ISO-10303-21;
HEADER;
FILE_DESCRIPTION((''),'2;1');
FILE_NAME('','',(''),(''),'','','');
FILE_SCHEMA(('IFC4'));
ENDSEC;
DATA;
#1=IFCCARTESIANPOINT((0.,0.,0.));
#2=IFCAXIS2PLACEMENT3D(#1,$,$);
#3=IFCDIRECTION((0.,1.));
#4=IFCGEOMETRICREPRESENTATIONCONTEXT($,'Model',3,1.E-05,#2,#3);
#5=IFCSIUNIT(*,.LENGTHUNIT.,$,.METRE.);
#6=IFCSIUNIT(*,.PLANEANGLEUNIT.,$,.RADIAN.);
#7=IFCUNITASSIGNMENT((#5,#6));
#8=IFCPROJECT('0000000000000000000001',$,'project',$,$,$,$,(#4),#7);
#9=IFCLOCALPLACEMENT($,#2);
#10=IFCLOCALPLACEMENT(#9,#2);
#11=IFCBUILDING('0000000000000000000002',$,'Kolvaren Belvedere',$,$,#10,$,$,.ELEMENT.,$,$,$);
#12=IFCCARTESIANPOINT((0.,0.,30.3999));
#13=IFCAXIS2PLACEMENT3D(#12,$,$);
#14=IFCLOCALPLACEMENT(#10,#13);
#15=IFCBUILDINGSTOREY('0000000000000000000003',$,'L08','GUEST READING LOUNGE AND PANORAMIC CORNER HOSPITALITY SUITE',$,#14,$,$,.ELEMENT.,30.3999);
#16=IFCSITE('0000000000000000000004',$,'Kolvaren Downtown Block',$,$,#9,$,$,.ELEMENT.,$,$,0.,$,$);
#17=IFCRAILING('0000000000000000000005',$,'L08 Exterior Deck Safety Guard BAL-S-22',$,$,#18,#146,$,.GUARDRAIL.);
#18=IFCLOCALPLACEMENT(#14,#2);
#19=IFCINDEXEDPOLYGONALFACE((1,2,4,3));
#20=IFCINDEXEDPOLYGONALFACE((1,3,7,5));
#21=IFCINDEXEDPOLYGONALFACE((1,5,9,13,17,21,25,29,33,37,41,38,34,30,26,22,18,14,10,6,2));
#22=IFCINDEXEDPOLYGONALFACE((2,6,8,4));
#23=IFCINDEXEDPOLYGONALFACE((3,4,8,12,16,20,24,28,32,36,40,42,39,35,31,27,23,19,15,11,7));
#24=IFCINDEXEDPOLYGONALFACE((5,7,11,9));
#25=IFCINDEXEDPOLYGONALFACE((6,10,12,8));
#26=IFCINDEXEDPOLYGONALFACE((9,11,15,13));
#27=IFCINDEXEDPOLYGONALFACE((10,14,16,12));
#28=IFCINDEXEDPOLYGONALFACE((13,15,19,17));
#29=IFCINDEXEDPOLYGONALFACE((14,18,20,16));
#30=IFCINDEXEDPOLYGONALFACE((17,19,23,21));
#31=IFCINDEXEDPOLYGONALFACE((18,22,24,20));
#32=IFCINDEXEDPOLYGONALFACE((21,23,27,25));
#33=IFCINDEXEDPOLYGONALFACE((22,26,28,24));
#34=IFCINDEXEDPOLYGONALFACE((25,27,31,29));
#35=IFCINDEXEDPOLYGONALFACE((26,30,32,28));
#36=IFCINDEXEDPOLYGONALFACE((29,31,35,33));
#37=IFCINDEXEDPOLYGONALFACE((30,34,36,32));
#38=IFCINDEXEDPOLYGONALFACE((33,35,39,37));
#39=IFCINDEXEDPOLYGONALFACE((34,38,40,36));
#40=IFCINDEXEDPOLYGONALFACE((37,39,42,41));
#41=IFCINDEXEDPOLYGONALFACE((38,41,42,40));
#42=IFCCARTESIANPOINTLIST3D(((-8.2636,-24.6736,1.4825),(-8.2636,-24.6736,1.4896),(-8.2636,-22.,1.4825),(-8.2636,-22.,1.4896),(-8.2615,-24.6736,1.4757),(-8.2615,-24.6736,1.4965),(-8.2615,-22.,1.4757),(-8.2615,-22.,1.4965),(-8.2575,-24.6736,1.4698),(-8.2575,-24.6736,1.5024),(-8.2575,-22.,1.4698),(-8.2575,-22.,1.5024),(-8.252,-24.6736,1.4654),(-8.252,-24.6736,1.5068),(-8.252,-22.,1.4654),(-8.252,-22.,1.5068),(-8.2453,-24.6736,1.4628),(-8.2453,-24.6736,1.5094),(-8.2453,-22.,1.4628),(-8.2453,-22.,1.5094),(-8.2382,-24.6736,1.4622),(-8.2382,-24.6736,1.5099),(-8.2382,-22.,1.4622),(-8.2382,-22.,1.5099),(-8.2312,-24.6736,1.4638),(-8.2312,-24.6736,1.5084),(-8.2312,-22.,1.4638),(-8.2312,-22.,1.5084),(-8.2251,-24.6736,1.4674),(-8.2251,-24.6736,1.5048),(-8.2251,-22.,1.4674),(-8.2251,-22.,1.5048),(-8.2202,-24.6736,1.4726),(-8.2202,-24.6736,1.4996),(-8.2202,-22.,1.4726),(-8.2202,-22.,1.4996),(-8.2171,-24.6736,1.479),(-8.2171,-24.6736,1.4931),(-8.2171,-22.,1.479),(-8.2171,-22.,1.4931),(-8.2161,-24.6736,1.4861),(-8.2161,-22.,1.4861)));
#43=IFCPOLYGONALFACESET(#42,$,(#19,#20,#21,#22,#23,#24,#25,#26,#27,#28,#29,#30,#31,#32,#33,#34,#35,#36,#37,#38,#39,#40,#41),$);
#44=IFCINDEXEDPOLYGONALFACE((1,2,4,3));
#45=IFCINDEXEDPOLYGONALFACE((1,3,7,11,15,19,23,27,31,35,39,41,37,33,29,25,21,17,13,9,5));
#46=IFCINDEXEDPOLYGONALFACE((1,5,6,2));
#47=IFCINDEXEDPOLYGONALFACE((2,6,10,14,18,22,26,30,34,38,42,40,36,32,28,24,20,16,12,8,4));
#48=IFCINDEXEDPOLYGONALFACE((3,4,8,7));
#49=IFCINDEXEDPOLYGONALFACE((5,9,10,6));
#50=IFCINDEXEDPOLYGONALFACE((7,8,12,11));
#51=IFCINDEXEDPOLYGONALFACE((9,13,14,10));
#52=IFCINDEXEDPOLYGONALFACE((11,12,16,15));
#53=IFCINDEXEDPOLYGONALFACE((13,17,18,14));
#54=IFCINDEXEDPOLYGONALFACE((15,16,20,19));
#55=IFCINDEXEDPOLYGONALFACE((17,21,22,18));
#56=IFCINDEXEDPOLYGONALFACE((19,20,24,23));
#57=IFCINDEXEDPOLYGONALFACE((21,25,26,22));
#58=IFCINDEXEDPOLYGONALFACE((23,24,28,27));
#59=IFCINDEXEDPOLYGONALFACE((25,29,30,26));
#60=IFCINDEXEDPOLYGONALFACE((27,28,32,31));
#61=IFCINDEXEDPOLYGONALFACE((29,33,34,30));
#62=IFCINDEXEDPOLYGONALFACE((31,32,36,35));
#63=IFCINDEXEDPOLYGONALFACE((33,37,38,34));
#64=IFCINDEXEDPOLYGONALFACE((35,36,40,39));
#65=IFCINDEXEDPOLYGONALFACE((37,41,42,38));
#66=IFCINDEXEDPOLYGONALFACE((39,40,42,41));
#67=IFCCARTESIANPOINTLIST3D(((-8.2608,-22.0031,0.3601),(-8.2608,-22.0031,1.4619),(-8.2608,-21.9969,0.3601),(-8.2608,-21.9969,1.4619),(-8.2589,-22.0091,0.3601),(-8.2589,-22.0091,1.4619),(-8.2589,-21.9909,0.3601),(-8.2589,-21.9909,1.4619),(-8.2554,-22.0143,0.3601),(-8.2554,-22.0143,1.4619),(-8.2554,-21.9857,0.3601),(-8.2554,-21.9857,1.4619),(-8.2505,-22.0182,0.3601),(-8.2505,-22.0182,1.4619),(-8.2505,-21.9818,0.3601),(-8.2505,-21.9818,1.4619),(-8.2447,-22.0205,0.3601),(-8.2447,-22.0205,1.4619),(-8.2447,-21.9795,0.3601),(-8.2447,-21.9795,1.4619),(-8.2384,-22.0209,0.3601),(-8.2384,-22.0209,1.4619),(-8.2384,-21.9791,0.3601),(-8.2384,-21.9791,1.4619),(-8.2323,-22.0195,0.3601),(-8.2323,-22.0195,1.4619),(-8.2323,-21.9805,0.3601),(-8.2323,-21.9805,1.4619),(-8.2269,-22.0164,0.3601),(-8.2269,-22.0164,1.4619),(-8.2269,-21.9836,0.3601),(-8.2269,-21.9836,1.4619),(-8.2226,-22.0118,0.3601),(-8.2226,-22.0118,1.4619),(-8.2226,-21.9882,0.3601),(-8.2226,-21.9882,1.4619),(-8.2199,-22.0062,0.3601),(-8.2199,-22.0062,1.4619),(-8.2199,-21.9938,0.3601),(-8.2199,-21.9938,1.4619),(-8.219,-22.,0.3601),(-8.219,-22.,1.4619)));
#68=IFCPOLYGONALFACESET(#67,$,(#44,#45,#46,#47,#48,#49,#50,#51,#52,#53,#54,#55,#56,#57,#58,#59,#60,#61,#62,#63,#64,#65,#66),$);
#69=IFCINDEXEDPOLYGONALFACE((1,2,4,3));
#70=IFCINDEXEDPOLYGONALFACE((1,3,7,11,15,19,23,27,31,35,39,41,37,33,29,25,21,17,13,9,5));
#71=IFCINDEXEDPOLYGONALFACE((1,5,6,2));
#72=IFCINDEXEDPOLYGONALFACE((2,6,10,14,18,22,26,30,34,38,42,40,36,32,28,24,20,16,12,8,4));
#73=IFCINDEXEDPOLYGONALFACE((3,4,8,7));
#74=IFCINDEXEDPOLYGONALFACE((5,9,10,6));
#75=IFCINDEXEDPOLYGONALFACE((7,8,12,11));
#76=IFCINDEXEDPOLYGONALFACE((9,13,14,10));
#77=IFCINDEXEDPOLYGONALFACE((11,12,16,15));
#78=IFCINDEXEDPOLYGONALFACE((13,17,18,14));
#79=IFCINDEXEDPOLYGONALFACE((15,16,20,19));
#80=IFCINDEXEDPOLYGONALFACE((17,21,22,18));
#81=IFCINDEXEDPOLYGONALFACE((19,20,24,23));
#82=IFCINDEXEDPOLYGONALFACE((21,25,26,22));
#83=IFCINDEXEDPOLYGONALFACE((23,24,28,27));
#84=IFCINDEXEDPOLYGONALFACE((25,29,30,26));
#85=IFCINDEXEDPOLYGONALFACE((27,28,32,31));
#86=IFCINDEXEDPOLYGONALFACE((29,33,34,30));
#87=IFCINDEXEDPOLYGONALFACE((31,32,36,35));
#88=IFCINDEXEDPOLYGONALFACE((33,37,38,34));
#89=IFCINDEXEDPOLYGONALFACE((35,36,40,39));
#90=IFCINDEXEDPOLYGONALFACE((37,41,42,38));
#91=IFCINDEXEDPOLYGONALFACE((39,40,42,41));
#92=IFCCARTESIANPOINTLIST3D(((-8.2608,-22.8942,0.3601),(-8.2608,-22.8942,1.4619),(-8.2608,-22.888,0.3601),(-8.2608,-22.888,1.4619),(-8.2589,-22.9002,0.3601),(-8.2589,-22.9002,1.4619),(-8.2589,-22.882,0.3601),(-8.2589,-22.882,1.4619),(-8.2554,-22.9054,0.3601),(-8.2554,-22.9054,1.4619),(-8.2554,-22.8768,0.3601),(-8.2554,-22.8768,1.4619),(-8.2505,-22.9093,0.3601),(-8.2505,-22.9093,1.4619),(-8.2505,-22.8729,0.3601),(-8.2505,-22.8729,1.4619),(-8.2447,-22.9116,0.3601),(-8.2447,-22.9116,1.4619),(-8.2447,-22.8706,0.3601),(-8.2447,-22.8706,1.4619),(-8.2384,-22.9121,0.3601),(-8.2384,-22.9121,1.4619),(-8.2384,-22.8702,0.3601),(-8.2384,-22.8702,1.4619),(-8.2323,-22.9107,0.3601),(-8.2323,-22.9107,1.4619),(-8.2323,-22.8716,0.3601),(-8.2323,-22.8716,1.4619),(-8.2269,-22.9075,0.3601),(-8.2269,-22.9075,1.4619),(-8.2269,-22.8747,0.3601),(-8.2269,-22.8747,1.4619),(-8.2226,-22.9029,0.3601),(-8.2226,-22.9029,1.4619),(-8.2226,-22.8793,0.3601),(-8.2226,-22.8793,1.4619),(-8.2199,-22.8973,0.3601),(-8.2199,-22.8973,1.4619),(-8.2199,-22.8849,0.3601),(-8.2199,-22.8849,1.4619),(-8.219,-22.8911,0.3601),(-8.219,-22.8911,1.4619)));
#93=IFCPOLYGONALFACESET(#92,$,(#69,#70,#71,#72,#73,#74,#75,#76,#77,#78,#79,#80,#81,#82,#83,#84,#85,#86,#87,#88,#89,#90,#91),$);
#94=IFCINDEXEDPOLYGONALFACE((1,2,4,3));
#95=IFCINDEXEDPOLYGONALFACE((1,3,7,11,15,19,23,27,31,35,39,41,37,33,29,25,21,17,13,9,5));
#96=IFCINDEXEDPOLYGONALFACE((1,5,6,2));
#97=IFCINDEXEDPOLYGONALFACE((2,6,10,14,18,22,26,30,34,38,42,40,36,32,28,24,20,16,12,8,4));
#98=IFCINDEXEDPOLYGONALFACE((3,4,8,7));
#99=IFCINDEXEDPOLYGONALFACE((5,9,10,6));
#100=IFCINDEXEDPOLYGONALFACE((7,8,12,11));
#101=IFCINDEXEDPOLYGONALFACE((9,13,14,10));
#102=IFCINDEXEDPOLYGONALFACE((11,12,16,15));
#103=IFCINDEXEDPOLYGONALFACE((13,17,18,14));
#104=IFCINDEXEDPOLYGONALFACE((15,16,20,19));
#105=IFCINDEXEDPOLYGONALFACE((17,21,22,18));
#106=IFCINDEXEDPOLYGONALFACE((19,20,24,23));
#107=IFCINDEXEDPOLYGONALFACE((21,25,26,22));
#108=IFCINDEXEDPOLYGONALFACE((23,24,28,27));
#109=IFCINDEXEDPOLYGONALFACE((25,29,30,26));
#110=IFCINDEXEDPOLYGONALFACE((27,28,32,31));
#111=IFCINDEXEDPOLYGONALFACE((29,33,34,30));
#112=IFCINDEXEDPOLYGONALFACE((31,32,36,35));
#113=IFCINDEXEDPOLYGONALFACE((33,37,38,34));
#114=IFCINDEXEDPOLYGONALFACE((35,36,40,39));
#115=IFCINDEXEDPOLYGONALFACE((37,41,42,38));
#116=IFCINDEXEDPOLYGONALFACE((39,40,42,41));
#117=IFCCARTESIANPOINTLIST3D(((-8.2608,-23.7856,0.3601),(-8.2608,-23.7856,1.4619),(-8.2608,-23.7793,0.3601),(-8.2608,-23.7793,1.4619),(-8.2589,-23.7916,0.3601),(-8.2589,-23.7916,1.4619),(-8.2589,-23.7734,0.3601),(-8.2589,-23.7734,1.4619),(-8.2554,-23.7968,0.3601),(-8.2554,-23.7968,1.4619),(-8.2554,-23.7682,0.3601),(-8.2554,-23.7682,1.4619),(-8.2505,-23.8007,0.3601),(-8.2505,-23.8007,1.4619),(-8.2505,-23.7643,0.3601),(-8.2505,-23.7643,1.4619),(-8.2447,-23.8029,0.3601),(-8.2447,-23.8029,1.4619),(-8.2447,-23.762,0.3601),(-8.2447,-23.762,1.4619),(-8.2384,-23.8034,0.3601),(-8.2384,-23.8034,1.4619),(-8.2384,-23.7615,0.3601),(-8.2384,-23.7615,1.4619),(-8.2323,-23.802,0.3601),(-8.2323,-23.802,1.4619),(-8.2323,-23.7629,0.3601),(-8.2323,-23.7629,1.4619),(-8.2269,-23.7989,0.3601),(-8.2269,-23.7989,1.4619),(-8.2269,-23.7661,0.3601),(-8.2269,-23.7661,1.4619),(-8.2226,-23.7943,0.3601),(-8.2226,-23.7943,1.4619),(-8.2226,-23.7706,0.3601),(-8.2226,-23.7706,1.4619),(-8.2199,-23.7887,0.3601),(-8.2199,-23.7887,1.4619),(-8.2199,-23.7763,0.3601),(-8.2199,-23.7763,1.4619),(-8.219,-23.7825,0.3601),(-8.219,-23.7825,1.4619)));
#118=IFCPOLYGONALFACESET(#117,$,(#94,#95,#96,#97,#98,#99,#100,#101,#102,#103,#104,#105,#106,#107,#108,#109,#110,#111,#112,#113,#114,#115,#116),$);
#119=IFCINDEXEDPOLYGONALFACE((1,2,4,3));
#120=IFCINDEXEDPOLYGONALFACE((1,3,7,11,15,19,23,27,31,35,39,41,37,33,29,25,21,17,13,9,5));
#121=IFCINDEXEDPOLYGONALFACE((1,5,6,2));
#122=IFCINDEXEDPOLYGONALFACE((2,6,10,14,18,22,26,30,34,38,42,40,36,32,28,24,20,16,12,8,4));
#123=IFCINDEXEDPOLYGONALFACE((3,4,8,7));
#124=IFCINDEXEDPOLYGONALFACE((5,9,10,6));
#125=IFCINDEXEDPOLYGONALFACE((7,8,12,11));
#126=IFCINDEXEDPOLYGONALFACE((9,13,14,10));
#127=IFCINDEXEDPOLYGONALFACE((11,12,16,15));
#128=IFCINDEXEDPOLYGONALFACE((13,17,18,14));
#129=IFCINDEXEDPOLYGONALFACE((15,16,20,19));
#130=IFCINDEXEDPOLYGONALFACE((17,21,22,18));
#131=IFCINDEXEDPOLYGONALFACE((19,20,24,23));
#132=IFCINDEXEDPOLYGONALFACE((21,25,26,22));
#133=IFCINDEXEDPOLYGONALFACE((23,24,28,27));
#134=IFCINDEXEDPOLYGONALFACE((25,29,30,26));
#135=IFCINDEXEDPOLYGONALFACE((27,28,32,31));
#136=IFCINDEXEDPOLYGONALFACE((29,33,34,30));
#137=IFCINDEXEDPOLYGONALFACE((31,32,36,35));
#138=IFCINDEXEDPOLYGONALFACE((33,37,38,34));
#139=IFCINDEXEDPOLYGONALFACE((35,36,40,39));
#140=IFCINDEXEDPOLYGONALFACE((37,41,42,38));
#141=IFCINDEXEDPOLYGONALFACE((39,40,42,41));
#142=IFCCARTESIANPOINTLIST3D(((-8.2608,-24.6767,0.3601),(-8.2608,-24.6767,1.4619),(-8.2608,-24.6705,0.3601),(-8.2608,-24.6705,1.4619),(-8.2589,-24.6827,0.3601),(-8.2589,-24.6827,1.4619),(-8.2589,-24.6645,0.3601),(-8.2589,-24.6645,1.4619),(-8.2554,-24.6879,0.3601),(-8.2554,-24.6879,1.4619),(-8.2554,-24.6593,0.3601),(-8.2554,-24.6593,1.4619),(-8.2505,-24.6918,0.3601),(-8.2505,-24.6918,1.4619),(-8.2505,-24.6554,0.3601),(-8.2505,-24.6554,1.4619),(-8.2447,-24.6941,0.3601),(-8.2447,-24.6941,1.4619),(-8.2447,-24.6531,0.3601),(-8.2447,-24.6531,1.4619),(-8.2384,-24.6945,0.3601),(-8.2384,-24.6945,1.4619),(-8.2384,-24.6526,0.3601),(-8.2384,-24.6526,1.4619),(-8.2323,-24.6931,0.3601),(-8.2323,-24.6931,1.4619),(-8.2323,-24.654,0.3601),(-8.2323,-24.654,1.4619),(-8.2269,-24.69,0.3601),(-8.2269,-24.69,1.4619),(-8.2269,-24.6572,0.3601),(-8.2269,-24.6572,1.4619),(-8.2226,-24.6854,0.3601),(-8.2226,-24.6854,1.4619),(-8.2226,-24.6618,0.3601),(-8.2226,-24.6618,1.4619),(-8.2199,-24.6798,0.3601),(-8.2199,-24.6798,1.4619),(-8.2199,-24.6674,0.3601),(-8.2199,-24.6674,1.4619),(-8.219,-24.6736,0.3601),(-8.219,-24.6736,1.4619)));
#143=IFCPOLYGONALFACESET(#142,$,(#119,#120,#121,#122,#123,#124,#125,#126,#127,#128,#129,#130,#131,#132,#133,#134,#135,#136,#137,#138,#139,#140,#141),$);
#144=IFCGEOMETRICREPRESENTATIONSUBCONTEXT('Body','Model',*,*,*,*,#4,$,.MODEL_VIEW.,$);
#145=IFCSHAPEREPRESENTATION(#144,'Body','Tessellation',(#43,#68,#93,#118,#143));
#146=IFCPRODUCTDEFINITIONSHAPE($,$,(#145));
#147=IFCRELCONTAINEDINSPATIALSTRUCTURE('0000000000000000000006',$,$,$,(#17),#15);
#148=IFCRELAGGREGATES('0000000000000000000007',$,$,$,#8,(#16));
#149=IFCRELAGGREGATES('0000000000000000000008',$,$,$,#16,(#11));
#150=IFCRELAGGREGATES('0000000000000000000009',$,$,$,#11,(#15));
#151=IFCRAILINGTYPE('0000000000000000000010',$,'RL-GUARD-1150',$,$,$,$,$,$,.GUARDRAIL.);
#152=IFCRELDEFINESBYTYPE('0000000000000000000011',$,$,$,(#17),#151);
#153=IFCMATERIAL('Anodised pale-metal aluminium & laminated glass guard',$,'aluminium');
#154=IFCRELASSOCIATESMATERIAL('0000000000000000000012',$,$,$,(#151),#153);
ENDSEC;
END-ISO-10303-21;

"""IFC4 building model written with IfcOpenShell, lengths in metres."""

from ifc_helpers import new_model, si_unit, direction, frame, origin, origin_2d, place, context, subcontext, project, spatial, circle, extrude, material, type_object, element, save


model = new_model("IFC4")

# Units and contexts
model_context = context("Model", 3, precision=1e-05, world=origin(), true_north=direction((0.0, 1.0)))
body_context = subcontext(model_context, "Body", "Model", "MODEL_VIEW")
ifc_project = project(units=[si_unit("LENGTHUNIT", "METRE"), si_unit("PLANEANGLEUNIT", "RADIAN")], contexts=[model_context])

# Site, building, storey
site_placement = place(None, origin())
site = spatial("IfcSite", under=ifc_project, at=site_placement, Name="Kolvaren Downtown Block", CompositionType="ELEMENT", RefElevation=0.0)
building_placement = place(site_placement, origin())
building = spatial("IfcBuilding", under=site, at=building_placement, Name="Kolvaren Belvedere", CompositionType="ELEMENT")
storey_placement = place(building_placement, frame((0.0, 0.0, 30.3999)))
storey = spatial("IfcBuildingStorey", under=building, at=storey_placement, Name="L08", Description="GUEST READING LOUNGE AND PANORAMIC CORNER HOSPITALITY SUITE", CompositionType="ELEMENT", Elevation=30.3999)

# Railing
ifc_material_1 = material(Name="Anodised pale-metal aluminium & laminated glass guard", Category="aluminium")
railing_type = type_object("IfcRailingType", Name="RL-GUARD-1150", PredefinedType="GUARDRAIL", material=ifc_material_1)
railing_1_placement = place(storey_placement, frame((-8.24, -22.0, 0.3601)))
element("IfcRailing", 1, at=railing_1_placement, inside=storey, type_object=railing_type, Name="L08 Exterior Deck Safety Guard BAL-S-22", PredefinedType="GUARDRAIL", context=body_context, shape_type="SweptSolid", body=[
    extrude(circle(Radius=0.0239, at=origin_2d()), frame((0.0, 0.0, 1.126), z_axis=(0.0, -1.0, 0.0), x_axis=(1.0, 0.0, 0.0)), (0.0, 0.0, 1.0), 2.6736),
    extrude(circle(Radius=0.021, at=origin_2d()), origin(), (0.0, 0.0, 1.0), 1.1018),
    extrude(circle(Radius=0.021, at=origin_2d()), frame((0.0, -0.8911, 0.0)), (0.0, 0.0, 1.0), 1.1018),
    extrude(circle(Radius=0.021, at=origin_2d()), frame((0.0, -1.7825, 0.0)), (0.0, 0.0, 1.0), 1.1018),
    extrude(circle(Radius=0.021, at=origin_2d()), frame((0.0, -2.6736, 0.0)), (0.0, 0.0, 1.0), 1.1018),
])

save(model, "model.ifc")
